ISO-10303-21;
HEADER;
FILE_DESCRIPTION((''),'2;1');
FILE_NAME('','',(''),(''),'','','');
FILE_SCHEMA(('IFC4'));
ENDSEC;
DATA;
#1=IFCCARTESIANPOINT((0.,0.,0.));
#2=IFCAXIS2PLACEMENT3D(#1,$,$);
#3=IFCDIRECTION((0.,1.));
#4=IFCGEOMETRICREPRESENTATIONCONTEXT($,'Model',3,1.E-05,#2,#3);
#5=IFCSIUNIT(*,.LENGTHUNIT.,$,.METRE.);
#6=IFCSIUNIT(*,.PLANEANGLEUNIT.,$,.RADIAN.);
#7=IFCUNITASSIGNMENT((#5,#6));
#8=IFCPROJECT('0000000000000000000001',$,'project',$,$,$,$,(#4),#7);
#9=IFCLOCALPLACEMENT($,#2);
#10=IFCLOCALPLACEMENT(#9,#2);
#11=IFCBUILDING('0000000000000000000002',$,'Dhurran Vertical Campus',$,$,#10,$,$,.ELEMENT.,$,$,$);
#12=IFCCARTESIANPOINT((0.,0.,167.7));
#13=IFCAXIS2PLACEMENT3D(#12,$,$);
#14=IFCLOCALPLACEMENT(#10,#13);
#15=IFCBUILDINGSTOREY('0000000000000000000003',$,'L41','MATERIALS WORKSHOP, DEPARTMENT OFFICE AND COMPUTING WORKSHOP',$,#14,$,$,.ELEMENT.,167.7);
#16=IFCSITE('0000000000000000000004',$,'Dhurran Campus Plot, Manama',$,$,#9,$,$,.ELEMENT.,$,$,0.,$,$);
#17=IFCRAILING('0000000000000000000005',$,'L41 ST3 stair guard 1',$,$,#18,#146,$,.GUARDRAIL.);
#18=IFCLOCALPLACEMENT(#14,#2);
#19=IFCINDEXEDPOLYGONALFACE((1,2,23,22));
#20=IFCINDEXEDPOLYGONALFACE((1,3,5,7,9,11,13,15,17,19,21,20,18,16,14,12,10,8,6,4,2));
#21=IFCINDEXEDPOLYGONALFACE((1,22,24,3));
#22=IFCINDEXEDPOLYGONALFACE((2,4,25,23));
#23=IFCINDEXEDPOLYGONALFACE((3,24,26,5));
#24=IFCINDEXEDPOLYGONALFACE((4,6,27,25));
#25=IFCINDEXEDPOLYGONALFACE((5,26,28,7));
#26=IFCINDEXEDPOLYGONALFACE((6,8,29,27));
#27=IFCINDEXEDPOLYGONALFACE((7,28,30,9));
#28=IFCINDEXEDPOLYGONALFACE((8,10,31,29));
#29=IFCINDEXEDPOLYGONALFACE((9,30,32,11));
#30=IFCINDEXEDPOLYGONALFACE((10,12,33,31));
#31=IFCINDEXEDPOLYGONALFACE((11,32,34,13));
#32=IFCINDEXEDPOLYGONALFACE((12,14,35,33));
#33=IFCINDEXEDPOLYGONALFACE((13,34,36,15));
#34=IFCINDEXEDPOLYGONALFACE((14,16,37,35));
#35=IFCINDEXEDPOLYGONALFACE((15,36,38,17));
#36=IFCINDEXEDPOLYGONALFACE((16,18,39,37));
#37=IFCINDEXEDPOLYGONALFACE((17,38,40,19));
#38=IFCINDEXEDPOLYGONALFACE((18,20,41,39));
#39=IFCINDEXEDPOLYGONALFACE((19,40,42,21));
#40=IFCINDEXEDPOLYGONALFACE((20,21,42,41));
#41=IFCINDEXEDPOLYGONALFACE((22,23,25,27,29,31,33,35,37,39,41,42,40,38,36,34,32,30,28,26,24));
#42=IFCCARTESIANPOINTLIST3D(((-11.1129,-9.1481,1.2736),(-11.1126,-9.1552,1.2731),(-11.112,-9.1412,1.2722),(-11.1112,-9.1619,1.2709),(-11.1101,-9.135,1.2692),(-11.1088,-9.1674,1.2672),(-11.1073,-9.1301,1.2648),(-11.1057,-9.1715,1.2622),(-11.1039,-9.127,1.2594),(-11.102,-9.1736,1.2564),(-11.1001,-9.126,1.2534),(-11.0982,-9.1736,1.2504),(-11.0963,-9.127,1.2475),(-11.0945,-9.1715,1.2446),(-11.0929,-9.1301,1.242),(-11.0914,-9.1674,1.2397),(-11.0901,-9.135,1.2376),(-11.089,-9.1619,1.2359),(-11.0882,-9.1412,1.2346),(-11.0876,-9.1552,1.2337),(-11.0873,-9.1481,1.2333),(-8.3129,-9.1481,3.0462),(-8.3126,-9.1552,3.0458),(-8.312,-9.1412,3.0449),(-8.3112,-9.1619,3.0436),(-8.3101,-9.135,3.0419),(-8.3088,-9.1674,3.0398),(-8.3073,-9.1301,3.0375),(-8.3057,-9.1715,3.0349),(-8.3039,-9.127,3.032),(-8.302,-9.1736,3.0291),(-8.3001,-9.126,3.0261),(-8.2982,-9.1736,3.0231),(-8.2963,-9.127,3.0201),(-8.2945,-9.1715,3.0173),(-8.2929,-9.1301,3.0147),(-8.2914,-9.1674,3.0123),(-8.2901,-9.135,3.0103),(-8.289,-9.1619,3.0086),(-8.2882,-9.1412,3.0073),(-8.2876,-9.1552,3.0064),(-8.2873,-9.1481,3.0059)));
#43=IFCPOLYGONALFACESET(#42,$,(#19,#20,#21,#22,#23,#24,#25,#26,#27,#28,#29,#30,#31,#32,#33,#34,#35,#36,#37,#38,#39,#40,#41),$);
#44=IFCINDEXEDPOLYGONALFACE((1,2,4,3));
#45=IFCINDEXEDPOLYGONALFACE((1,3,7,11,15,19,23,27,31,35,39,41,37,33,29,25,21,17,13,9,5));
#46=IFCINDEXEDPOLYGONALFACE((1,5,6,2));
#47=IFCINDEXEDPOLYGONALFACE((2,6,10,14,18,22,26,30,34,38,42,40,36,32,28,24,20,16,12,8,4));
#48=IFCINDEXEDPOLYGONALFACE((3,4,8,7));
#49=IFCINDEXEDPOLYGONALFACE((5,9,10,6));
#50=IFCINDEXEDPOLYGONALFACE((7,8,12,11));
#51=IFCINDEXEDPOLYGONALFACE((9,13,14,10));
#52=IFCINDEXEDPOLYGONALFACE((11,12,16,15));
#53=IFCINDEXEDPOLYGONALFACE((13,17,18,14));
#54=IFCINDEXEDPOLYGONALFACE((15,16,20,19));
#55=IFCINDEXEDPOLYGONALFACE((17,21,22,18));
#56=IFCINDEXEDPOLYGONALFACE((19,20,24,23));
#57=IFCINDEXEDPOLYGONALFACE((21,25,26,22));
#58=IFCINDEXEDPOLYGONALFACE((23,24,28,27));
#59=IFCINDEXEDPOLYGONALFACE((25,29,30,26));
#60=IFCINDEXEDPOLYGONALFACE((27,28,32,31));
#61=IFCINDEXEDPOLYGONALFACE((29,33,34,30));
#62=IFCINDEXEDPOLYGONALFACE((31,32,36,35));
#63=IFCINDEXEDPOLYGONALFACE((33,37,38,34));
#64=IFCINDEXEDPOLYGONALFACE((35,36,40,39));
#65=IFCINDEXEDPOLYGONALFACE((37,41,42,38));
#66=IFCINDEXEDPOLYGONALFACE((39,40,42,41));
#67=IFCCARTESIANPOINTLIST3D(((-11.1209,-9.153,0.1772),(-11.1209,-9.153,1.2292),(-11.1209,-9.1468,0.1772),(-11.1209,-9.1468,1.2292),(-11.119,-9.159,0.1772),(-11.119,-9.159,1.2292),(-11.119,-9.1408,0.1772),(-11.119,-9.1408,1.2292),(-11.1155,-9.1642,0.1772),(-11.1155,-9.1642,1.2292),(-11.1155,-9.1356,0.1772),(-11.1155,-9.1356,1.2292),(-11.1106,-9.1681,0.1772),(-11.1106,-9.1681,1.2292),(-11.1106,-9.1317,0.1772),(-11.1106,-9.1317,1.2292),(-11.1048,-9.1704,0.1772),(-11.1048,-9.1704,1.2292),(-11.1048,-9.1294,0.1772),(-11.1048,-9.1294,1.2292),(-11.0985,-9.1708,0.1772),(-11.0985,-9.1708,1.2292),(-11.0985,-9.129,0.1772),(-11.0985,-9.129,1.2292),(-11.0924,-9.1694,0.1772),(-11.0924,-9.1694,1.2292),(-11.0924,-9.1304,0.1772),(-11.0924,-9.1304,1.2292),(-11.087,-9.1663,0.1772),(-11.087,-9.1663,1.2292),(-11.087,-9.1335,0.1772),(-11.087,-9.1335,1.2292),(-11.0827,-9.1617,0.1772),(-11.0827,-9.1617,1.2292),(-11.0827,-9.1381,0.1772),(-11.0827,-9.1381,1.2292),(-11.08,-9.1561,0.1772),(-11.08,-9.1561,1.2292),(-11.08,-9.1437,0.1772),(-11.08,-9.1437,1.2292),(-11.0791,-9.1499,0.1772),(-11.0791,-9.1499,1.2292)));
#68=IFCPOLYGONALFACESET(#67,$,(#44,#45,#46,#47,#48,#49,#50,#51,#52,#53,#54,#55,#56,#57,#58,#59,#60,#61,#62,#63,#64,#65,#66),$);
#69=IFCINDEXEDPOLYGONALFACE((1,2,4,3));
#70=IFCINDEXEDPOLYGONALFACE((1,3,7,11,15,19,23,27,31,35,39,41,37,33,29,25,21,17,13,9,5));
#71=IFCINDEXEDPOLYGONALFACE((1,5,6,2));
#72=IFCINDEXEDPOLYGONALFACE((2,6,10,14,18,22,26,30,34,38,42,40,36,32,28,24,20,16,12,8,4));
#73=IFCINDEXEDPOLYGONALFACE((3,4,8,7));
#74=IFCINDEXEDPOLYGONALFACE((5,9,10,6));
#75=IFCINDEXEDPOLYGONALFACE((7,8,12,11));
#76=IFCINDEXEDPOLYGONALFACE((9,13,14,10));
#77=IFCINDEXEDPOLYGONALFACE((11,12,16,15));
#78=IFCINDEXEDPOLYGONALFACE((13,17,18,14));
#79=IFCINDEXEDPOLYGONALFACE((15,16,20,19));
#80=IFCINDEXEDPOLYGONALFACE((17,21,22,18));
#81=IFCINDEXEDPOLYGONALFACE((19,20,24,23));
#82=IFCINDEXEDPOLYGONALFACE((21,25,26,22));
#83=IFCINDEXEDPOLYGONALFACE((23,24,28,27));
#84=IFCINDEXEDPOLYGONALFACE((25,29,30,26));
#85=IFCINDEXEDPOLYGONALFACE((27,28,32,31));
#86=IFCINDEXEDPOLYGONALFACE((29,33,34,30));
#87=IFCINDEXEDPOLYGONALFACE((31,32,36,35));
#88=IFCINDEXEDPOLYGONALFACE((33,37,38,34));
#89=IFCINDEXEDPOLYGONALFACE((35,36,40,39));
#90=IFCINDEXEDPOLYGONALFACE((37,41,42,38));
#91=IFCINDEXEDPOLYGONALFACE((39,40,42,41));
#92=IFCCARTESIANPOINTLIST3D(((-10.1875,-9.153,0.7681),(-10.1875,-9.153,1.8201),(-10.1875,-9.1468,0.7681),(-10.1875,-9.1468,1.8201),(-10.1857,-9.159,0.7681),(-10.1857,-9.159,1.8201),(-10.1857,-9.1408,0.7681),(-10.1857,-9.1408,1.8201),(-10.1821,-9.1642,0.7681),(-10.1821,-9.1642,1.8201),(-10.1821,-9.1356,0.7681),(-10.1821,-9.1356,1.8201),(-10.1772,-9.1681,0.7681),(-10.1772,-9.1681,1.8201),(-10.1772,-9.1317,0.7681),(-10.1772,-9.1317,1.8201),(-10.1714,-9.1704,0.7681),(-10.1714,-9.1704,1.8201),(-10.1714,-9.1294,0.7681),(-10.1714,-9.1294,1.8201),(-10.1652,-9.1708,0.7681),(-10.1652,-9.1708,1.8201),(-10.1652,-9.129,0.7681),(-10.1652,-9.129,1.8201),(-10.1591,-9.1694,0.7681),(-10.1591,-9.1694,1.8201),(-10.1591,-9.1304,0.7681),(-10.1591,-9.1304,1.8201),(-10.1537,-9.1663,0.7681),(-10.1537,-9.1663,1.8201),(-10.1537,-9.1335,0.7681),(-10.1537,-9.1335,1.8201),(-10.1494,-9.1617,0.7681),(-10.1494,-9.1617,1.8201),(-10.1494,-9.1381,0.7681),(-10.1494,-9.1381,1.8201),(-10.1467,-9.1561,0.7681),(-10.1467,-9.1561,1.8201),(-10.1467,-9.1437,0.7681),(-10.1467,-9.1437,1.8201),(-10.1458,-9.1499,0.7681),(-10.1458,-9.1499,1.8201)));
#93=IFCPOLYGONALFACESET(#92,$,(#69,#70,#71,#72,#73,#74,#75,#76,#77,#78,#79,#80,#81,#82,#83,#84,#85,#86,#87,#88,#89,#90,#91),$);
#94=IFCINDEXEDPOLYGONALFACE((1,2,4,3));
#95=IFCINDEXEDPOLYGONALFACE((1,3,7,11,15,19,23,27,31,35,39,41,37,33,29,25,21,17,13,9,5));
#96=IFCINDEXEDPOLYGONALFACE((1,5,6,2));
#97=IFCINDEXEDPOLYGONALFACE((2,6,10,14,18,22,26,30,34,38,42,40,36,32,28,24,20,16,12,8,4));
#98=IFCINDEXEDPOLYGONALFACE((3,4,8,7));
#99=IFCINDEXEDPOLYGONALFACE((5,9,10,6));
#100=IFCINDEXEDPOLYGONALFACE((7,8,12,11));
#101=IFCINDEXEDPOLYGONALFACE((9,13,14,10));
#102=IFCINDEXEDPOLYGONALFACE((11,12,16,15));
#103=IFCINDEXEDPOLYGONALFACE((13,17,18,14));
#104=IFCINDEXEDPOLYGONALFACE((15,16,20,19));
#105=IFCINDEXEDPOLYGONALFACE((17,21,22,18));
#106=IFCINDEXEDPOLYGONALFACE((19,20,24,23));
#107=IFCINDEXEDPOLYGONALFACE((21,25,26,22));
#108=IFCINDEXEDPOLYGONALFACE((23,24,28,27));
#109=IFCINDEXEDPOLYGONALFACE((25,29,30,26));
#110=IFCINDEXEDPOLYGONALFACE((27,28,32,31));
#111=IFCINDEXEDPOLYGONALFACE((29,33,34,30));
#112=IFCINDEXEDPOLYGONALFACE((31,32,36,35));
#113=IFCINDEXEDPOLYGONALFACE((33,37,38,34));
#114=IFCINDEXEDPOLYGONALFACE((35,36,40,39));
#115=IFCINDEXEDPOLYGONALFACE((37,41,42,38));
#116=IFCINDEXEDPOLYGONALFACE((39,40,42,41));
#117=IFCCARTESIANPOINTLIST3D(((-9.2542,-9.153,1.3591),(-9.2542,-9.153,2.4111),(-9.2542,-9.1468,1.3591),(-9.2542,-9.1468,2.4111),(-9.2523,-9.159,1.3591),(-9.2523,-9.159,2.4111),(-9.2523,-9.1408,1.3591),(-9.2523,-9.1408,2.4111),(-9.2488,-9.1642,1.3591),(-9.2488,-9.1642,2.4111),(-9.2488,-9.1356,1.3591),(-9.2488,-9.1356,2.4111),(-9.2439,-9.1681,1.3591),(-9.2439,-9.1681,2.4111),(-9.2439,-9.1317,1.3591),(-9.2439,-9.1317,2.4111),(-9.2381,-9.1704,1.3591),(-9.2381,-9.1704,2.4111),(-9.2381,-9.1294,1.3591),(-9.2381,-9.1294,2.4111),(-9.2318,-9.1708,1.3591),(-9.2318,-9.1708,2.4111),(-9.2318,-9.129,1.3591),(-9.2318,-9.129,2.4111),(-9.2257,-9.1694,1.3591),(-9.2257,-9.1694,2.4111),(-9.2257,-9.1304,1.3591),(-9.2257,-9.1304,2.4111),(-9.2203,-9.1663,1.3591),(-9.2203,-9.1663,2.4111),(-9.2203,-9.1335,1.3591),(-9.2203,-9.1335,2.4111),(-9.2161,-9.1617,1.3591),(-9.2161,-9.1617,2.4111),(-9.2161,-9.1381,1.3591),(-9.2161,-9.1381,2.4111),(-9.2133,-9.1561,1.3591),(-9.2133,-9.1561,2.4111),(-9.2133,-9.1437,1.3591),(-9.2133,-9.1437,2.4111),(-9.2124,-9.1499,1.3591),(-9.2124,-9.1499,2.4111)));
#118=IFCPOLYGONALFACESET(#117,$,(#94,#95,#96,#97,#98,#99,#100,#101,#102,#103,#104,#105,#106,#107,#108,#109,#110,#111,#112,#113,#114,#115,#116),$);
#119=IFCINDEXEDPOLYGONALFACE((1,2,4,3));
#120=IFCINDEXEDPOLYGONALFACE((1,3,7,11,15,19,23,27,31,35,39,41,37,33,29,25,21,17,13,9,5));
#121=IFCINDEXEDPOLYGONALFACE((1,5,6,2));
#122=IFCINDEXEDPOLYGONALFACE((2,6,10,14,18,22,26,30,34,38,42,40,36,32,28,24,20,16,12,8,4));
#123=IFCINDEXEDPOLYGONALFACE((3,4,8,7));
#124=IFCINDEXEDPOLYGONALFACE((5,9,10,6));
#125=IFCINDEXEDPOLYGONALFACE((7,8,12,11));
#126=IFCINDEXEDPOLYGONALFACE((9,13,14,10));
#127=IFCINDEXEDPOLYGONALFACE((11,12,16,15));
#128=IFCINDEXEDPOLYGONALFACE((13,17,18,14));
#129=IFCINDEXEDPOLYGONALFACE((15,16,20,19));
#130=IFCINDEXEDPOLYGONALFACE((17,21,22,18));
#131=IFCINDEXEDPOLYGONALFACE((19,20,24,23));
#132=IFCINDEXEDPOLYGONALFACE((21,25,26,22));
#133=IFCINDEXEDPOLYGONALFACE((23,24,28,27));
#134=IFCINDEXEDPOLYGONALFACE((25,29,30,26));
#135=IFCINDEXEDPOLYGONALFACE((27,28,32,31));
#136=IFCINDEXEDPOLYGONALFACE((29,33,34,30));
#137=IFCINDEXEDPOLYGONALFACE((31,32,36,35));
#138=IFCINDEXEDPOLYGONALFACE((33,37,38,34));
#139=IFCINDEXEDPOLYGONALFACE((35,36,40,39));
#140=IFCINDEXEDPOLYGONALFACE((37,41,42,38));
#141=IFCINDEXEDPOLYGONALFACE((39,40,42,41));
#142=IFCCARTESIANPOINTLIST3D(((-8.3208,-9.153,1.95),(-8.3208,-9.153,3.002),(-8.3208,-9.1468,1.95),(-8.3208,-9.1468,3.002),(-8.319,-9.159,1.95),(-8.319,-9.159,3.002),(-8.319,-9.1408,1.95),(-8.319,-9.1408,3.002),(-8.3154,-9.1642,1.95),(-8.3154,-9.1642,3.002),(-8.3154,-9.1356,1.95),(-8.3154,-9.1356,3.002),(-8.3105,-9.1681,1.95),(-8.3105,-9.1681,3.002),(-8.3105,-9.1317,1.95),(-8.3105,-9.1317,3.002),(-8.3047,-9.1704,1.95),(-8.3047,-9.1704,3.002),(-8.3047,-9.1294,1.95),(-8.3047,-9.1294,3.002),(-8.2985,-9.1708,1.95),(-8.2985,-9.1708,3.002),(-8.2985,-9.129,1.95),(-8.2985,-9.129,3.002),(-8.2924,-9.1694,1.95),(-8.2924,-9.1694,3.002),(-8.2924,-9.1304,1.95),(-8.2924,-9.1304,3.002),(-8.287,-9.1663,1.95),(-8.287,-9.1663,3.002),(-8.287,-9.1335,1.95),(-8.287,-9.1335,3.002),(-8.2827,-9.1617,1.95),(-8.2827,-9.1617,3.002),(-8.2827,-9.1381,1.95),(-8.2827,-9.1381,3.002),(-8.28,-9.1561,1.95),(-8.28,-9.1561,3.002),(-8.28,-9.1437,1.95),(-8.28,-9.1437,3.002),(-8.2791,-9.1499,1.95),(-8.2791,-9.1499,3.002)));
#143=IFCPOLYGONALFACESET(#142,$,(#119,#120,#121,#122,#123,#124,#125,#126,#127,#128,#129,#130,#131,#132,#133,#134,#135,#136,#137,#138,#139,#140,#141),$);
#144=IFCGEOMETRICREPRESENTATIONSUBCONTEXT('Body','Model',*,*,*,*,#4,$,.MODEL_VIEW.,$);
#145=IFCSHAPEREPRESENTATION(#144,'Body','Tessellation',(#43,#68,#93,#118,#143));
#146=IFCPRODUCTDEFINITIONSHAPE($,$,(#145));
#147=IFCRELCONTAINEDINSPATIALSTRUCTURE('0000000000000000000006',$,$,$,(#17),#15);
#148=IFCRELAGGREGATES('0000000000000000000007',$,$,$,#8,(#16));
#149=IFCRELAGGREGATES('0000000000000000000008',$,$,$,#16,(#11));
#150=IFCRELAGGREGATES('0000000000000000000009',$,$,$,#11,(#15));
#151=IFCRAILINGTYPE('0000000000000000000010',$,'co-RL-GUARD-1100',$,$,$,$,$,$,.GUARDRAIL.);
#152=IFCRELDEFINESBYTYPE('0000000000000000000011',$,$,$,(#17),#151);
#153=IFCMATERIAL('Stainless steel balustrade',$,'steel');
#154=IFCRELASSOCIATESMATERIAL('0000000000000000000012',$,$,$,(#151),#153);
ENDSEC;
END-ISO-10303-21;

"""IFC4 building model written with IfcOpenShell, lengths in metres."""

from ifc_helpers import new_model, si_unit, direction, frame, origin, origin_2d, place, context, subcontext, project, spatial, circle, extrude, material, type_object, element, save


model = new_model("IFC4")

# Units and contexts
model_context = context("Model", 3, precision=1e-05, world=origin(), true_north=direction((0.0, 1.0)))
body_context = subcontext(model_context, "Body", "Model", "MODEL_VIEW")
ifc_project = project(units=[si_unit("LENGTHUNIT", "METRE"), si_unit("PLANEANGLEUNIT", "RADIAN")], contexts=[model_context])

# Site, building, storey
site_placement = place(None, origin())
site = spatial("IfcSite", under=ifc_project, at=site_placement, Name="Dhurran Campus Plot, Manama", CompositionType="ELEMENT", RefElevation=0.0)
building_placement = place(site_placement, origin())
building = spatial("IfcBuilding", under=site, at=building_placement, Name="Dhurran Vertical Campus", CompositionType="ELEMENT")
storey_placement = place(building_placement, frame((0.0, 0.0, 167.7)))
storey = spatial("IfcBuildingStorey", under=building, at=storey_placement, Name="L41", Description="MATERIALS WORKSHOP, DEPARTMENT OFFICE AND COMPUTING WORKSHOP", CompositionType="ELEMENT", Elevation=167.7)

# Railing
ifc_material_1 = material(Name="Stainless steel balustrade", Category="steel")
railing_type_1 = type_object("IfcRailingType", Name="co-RL-GUARD-1100", PredefinedType="GUARDRAIL", material=ifc_material_1)
railing_1_placement = place(storey_placement, frame((-11.1001, -9.1499, 0.1772)))
element("IfcRailing", 1, at=railing_1_placement, inside=storey, type_object=railing_type_1, Name="L41 ST3 stair guard 1", PredefinedType="GUARDRAIL", context=body_context, shape_type="SweptSolid", body=[
    extrude(circle(Radius=0.0239, at=origin_2d()), frame((0.0, 0.0, 1.0762), z_axis=(0.844909, 0.0, 0.53491), x_axis=(0.0, 1.0, 0.0)), (0.0, 0.0, 1.0), 3.314),
    extrude(circle(Radius=0.021, at=origin_2d()), origin(), (0.0, 0.0, 1.0), 1.052),
    extrude(circle(Radius=0.021, at=origin_2d()), frame((0.9333, 0.0, 0.5908)), (0.0, 0.0, 1.0), 1.052),
    extrude(circle(Radius=0.021, at=origin_2d()), frame((1.8667, 0.0, 1.1819)), (0.0, 0.0, 1.0), 1.052),
    extrude(circle(Radius=0.021, at=origin_2d()), frame((2.8, 0.0, 1.7727)), (0.0, 0.0, 1.0), 1.052),
])

save(model, "model.ifc")
